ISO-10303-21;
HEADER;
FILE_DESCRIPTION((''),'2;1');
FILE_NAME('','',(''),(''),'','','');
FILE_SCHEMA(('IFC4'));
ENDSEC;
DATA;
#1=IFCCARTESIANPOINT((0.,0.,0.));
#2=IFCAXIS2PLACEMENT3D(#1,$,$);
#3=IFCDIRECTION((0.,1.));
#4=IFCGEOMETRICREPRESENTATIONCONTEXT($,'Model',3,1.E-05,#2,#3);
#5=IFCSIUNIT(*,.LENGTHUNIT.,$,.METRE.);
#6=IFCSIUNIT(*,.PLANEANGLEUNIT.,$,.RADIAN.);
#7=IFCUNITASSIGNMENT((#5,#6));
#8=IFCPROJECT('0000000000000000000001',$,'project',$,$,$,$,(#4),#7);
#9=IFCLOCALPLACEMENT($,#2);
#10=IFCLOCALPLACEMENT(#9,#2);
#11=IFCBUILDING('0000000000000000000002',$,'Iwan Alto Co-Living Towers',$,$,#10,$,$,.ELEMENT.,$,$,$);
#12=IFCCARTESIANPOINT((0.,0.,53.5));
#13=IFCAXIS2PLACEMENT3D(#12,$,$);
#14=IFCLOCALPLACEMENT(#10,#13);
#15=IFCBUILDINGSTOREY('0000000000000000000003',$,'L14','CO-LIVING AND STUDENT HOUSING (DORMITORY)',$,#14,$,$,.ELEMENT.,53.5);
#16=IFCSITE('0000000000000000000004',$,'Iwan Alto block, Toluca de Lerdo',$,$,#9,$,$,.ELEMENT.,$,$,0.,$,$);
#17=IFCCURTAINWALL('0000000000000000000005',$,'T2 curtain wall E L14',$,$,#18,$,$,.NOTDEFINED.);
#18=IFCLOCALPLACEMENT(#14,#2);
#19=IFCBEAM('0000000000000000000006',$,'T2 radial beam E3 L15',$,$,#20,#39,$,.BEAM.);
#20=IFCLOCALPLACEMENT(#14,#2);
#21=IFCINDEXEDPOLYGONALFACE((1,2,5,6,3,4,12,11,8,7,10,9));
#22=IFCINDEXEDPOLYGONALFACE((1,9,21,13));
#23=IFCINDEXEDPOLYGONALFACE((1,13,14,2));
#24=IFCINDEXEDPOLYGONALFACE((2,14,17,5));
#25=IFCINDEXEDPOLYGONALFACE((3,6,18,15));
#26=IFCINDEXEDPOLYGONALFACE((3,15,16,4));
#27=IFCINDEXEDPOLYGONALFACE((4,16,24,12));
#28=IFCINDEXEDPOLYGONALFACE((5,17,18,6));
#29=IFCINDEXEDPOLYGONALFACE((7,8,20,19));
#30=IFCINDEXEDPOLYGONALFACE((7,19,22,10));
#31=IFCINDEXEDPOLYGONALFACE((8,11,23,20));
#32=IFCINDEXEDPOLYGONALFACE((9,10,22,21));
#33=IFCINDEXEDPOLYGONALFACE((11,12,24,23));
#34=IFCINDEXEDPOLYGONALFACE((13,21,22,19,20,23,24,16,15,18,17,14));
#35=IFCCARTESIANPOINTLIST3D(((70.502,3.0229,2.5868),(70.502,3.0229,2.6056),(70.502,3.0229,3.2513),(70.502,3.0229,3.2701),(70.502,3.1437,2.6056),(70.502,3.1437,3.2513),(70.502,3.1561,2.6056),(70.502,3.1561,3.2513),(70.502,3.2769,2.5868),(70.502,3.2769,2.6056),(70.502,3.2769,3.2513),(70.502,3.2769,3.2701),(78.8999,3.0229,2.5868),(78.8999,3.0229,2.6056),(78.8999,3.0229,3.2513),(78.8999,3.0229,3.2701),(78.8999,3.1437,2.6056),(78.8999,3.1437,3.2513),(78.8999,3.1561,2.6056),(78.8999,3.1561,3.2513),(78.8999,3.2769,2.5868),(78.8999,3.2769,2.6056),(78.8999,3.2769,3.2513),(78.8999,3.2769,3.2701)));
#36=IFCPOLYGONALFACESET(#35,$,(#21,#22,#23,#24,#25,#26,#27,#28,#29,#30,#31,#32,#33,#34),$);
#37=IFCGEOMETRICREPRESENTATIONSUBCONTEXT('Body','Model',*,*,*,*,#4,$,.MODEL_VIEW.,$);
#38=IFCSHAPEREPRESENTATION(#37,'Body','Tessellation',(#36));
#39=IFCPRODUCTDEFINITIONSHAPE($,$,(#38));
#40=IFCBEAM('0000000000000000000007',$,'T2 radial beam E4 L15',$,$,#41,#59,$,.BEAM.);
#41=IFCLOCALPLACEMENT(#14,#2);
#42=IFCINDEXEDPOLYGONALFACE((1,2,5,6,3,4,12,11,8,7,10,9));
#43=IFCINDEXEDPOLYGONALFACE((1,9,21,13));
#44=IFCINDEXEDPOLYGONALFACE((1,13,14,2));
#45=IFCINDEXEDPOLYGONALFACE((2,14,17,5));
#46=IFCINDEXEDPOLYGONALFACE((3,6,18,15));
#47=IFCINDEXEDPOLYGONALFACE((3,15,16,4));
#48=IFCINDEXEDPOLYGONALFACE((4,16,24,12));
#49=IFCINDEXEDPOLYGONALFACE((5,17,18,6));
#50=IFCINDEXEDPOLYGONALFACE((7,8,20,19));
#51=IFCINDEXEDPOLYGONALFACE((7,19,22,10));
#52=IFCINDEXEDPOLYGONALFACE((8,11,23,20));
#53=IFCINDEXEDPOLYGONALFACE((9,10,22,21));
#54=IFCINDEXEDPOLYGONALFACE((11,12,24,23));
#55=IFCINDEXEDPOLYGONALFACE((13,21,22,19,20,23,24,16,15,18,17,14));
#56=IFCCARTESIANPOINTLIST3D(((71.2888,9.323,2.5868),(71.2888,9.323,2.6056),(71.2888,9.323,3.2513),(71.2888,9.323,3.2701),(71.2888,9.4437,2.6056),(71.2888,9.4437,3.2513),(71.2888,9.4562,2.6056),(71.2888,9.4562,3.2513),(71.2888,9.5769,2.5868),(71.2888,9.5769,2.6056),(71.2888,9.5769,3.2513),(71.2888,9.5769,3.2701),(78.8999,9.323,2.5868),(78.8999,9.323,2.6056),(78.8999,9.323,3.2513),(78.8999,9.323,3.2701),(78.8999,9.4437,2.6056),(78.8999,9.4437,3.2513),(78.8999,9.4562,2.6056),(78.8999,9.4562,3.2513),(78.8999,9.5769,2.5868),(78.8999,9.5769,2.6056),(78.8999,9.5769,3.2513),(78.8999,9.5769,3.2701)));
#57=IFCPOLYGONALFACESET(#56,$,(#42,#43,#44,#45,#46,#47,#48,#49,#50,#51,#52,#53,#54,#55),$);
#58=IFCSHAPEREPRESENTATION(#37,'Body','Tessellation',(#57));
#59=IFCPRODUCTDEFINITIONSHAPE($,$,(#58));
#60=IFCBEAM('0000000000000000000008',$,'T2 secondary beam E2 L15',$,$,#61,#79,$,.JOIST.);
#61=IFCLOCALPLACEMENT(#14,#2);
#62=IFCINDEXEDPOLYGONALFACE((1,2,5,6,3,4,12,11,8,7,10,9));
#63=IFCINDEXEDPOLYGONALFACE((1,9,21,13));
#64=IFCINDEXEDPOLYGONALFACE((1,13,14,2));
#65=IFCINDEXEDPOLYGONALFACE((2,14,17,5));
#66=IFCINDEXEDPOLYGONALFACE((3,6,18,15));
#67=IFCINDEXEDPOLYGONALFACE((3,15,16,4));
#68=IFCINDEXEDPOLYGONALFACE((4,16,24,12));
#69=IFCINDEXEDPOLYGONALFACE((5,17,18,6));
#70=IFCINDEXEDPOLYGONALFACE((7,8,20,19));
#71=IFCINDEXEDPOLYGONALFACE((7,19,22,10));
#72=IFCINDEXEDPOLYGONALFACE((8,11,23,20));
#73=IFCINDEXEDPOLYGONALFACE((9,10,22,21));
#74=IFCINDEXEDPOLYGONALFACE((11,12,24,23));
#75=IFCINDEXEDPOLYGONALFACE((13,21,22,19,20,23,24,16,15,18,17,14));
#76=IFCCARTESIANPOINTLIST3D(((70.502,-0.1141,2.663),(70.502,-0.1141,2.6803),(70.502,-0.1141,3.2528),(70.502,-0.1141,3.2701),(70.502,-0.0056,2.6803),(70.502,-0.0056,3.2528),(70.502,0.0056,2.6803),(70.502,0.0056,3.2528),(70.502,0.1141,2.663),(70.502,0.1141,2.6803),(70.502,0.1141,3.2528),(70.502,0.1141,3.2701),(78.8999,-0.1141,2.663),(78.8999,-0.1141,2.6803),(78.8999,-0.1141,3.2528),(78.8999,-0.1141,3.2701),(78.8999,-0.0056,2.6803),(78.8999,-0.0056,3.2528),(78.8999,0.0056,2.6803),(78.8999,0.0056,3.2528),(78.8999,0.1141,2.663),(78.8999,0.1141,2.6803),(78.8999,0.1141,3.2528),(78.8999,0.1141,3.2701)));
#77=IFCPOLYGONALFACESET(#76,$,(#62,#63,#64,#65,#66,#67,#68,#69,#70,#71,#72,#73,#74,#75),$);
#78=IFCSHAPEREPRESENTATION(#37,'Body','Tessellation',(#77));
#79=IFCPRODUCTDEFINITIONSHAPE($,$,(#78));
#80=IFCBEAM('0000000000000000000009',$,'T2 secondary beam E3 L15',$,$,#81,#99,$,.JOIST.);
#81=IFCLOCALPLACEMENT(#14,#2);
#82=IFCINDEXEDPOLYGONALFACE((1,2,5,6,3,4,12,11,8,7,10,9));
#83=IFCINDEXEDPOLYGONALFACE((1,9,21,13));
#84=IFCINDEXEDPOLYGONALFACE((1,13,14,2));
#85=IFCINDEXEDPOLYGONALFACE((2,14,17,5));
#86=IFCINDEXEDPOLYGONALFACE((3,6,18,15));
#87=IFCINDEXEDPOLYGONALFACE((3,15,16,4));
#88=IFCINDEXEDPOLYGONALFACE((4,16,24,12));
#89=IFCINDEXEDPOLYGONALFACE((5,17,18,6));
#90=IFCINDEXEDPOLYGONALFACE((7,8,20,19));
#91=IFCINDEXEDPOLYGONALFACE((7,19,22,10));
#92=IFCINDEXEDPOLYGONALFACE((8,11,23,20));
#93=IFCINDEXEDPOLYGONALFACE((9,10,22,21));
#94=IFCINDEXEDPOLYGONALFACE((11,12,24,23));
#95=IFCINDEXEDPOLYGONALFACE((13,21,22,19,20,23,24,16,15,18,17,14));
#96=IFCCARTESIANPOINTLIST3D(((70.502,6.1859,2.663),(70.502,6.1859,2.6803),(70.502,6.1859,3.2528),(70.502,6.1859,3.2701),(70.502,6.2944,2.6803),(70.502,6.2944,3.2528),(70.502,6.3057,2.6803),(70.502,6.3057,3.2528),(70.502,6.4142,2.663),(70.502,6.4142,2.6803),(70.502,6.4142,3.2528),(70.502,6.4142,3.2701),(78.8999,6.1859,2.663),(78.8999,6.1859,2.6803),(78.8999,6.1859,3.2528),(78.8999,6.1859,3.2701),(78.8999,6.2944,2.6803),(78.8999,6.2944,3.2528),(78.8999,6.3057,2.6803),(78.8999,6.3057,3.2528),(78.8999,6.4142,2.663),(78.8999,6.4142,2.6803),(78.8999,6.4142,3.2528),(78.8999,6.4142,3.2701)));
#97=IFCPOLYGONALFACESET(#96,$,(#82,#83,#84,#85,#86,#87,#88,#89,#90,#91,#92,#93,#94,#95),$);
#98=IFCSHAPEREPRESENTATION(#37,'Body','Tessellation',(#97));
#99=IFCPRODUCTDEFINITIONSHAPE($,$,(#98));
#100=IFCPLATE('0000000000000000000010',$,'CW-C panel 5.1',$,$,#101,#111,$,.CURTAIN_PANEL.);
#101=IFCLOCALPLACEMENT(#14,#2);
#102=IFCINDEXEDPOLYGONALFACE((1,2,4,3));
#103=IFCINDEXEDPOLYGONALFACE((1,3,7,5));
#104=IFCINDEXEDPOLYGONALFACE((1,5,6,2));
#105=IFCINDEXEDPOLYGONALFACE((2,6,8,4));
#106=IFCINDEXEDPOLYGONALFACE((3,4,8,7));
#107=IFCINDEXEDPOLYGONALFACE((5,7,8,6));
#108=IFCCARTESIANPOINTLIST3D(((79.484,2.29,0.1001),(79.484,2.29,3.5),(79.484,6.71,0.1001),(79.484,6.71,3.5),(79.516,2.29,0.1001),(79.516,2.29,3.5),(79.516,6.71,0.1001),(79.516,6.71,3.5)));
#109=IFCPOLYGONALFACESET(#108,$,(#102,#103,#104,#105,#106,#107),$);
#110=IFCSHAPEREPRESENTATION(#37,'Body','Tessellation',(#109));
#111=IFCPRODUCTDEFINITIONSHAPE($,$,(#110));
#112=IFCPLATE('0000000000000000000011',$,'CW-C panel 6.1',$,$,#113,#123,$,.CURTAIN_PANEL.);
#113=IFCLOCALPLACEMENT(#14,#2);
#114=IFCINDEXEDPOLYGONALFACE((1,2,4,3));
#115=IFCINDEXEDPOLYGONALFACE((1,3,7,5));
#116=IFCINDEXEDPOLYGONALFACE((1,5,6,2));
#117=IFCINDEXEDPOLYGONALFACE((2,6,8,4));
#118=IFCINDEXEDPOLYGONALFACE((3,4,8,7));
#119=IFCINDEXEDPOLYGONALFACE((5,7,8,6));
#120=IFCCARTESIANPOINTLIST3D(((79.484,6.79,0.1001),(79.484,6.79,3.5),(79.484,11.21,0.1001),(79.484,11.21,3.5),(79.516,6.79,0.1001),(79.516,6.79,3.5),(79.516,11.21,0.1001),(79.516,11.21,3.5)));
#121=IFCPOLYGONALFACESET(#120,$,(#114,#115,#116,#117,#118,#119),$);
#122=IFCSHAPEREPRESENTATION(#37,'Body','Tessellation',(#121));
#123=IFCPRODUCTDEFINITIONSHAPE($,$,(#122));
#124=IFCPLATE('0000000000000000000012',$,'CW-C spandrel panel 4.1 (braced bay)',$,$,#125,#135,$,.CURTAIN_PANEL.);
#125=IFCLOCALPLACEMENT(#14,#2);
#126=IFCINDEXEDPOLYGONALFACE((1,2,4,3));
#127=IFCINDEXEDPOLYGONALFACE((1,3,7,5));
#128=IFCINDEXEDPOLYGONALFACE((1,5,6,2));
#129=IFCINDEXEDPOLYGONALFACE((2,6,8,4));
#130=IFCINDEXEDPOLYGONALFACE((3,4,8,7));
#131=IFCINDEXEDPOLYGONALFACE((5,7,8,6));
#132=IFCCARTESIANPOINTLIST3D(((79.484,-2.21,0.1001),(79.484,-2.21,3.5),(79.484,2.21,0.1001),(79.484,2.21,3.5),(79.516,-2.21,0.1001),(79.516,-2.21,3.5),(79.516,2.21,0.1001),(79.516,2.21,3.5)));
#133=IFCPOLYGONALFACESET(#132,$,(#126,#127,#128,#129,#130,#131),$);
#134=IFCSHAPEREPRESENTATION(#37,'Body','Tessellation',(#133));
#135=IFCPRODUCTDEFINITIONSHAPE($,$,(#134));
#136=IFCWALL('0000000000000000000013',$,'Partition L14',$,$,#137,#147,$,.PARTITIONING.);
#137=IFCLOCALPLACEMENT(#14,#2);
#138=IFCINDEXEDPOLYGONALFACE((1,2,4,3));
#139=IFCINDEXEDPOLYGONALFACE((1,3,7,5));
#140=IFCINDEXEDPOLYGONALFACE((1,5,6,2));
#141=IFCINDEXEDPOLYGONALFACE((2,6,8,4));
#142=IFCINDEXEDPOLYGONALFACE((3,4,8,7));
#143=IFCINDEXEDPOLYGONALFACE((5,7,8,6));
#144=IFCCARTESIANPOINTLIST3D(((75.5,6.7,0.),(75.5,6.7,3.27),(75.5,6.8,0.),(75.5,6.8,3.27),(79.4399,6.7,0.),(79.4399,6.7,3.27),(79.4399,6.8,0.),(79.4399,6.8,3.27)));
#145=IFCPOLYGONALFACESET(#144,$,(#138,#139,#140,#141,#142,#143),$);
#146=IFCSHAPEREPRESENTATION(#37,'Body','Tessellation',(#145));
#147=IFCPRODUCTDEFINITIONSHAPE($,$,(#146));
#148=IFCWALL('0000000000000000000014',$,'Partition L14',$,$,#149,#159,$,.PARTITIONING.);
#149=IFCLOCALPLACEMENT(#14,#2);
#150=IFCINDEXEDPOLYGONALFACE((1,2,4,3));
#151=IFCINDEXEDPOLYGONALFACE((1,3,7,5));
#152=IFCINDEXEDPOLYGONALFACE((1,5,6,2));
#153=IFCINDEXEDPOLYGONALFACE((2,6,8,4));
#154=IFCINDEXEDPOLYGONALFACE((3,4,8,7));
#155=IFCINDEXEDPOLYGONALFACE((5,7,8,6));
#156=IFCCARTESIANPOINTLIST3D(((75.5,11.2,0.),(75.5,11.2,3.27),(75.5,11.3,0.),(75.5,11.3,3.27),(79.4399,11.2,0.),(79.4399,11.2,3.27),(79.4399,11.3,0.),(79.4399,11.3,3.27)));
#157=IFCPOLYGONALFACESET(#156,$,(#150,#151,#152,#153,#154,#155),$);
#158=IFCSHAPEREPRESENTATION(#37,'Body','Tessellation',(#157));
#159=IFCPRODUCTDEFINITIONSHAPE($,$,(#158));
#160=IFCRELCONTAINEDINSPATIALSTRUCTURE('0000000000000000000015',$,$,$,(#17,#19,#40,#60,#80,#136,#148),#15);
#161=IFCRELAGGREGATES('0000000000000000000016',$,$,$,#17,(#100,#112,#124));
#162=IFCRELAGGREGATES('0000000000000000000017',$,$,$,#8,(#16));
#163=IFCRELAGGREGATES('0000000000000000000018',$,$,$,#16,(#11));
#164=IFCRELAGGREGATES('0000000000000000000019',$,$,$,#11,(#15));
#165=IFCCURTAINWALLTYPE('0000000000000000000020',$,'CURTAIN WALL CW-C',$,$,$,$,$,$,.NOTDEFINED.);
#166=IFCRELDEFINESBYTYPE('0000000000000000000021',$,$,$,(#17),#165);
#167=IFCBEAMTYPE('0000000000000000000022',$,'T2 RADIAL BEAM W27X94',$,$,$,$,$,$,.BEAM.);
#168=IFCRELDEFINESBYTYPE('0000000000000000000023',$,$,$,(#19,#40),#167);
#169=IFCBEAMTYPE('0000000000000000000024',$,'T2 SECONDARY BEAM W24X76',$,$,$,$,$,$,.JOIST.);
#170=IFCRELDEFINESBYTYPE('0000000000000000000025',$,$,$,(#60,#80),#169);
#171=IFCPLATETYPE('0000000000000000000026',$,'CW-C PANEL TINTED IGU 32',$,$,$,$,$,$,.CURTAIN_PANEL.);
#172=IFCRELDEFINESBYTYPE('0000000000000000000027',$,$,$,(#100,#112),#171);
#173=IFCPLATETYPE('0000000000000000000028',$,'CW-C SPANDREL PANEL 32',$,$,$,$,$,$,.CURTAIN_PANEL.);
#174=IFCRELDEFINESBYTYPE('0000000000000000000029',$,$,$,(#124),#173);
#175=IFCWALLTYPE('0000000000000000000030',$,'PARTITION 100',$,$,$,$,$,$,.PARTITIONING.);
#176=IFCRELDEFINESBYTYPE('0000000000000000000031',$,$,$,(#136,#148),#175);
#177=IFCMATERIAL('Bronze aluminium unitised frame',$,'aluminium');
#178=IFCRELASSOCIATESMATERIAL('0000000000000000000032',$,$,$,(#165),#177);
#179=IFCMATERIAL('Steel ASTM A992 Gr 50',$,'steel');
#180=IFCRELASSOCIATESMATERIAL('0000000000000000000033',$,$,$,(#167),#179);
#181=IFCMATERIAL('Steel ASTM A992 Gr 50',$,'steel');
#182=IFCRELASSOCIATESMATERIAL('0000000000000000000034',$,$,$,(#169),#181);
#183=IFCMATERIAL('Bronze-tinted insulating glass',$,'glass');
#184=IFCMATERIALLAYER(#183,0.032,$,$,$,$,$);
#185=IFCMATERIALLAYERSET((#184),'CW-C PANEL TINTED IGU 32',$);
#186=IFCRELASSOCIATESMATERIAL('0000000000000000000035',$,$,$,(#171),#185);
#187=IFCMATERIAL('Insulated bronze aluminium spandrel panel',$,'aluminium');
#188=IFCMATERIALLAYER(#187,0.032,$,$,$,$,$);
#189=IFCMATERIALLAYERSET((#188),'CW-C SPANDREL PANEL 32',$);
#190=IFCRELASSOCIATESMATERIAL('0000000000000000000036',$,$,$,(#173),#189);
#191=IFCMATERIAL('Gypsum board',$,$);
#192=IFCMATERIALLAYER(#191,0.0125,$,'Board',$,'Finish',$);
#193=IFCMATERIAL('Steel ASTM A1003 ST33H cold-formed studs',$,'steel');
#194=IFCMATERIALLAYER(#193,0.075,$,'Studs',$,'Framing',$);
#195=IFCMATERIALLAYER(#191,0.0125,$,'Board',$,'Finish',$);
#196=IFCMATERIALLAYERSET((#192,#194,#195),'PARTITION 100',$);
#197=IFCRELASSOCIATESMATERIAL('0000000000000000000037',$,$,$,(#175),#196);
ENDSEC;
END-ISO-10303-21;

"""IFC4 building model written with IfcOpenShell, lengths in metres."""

from ifc_helpers import new_model, si_unit, direction, frame, frame_2d, origin, origin_2d, place, context, subcontext, project, spatial, rectangle, i_section, extrude, material, layer, layer_set, material_profile, profile_set, type_object, element, aggregate, save


model = new_model("IFC4")

# Units and contexts
model_context = context("Model", 3, precision=1e-05, world=origin(), true_north=direction((0.0, 1.0)))
body_context = subcontext(model_context, "Body", "Model", "MODEL_VIEW")
ifc_project = project(units=[si_unit("LENGTHUNIT", "METRE"), si_unit("PLANEANGLEUNIT", "RADIAN")], contexts=[model_context])

# Site, building, storey
site_placement = place(None, origin())
site = spatial("IfcSite", under=ifc_project, at=site_placement, Name="Iwan Alto block, Toluca de Lerdo", CompositionType="ELEMENT", RefElevation=0.0)
building_placement = place(site_placement, origin())
building = spatial("IfcBuilding", under=site, at=building_placement, Name="Iwan Alto Co-Living Towers", CompositionType="ELEMENT")
storey_placement = place(building_placement, frame((0.0, 0.0, 53.5)))
storey = spatial("IfcBuildingStorey", under=building, at=storey_placement, Name="L14", Description="CO-LIVING AND STUDENT HOUSING (DORMITORY)", CompositionType="ELEMENT", Elevation=53.5)

# Curtain wall
ifc_material_1 = material(Name="Bronze aluminium unitised frame", Category="aluminium")
curtain_wall_type = type_object("IfcCurtainWallType", Name="CURTAIN WALL CW-C", PredefinedType="NOTDEFINED", material=ifc_material_1)
curtain_wall_placement = place(storey_placement, origin())
curtain_wall = element("IfcCurtainWall", 1, at=curtain_wall_placement, inside=storey, type_object=curtain_wall_type, Name="T2 curtain wall E L14", PredefinedType="NOTDEFINED")

# Beams
ifc_material_2 = material(Name="Steel ASTM A992 Gr 50", Category="steel")
ifc_material_profile_1 = material_profile(ifc_material_2, i_section(OverallWidth=0.2539, OverallDepth=0.6833, WebThickness=0.0125, FlangeThickness=0.0188, at=origin_2d()), Name="W27X94")
ifc_profile_set_1 = profile_set([ifc_material_profile_1], Name="Steel ASTM A992 Gr 50")
beam_type_1 = type_object("IfcBeamType", Name="T2 RADIAL BEAM W27X94", PredefinedType="BEAM", material=ifc_profile_set_1)
beam_1_placement = place(storey_placement, frame((78.8999, 3.1499, 2.9285), z_axis=(-1.0, 0.0, 0.0), x_axis=(0.0, -1.0, 0.0)))
element("IfcBeam", 2, at=beam_1_placement, inside=storey, type_object=beam_type_1, Name="T2 radial beam E3 L15", PredefinedType="BEAM", context=body_context, shape_type="SweptSolid", body=[
    extrude(i_section(OverallWidth=0.2539, OverallDepth=0.6833, WebThickness=0.0125, FlangeThickness=0.0188, at=origin_2d()), origin(), (0.0, 0.0, 1.0), 8.3979),
])
beam_2_placement = place(storey_placement, frame((78.8999, 9.45, 2.9285), z_axis=(-1.0, 0.0, 0.0), x_axis=(0.0, -1.0, 0.0)))
element("IfcBeam", 3, at=beam_2_placement, inside=storey, type_object=beam_type_1, Name="T2 radial beam E4 L15", PredefinedType="BEAM", context=body_context, shape_type="SweptSolid", body=[
    extrude(i_section(OverallWidth=0.2539, OverallDepth=0.6833, WebThickness=0.0125, FlangeThickness=0.0188, at=origin_2d()), origin(), (0.0, 0.0, 1.0), 7.6111),
])
ifc_material_3 = material(Name="Steel ASTM A992 Gr 50", Category="steel")
ifc_material_profile_2 = material_profile(ifc_material_3, i_section(OverallWidth=0.2283, OverallDepth=0.6072, WebThickness=0.0112, FlangeThickness=0.0173, at=origin_2d()), Name="W24X76")
ifc_profile_set_2 = profile_set([ifc_material_profile_2], Name="Steel ASTM A992 Gr 50")
beam_type_2 = type_object("IfcBeamType", Name="T2 SECONDARY BEAM W24X76", PredefinedType="JOIST", material=ifc_profile_set_2)
for number, where, z_axis, x_axis, name in (
    (4, (78.8999, 0.0, 2.9666), (-1.0, 0.0, 0.0), (0.0, -1.0, 0.0), "T2 secondary beam E2 L15"),
    (5, (78.8999, 6.3, 2.9666), (-1.0, 0.0, 0.0), (0.0, -1.0, 0.0), "T2 secondary beam E3 L15"),
):
    element("IfcBeam", number, at=place(storey_placement, frame(where, z_axis=z_axis, x_axis=x_axis)), inside=storey, type_object=beam_type_2, Name=name, PredefinedType="JOIST", context=body_context, shape_type="SweptSolid", body=[
        extrude(i_section(OverallWidth=0.2283, OverallDepth=0.6072, WebThickness=0.0112, FlangeThickness=0.0173, at=origin_2d()), origin(), (0.0, 0.0, 1.0), 8.3979),
    ])

# Plates
ifc_material_4 = material(Name="Bronze-tinted insulating glass", Category="glass")
ifc_layer_1 = layer(ifc_material_4, 0.032)
ifc_layer_set_1 = layer_set([ifc_layer_1], Name="CW-C PANEL TINTED IGU 32")
plate_type_1 = type_object("IfcPlateType", Name="CW-C PANEL TINTED IGU 32", PredefinedType="CURTAIN_PANEL", material=ifc_layer_set_1)
plate_1_placement = place(storey_placement, frame((79.5, 4.5, 0.1001), z_axis=(0.0, 0.0, 1.0), x_axis=(0.0, 1.0, 0.0)))
plate_1 = element("IfcPlate", 6, at=plate_1_placement, type_object=plate_type_1, Name="CW-C panel 5.1", PredefinedType="CURTAIN_PANEL", context=body_context, shape_type="SweptSolid", body=[
    extrude(rectangle(XDim=4.4199, YDim=0.032, at=origin_2d()), origin(), (0.0, 0.0, 1.0), 3.3999),
])
plate_2_placement = place(storey_placement, frame((79.5, 9.0, 0.1001), z_axis=(0.0, 0.0, 1.0), x_axis=(0.0, 1.0, 0.0)))
plate_2 = element("IfcPlate", 7, at=plate_2_placement, type_object=plate_type_1, Name="CW-C panel 6.1", PredefinedType="CURTAIN_PANEL", context=body_context, shape_type="SweptSolid", body=[
    extrude(rectangle(XDim=4.4199, YDim=0.032, at=origin_2d()), origin(), (0.0, 0.0, 1.0), 3.3999),
])
ifc_material_5 = material(Name="Insulated bronze aluminium spandrel panel", Category="aluminium")
ifc_layer_2 = layer(ifc_material_5, 0.032)
ifc_layer_set_2 = layer_set([ifc_layer_2], Name="CW-C SPANDREL PANEL 32")
plate_type_2 = type_object("IfcPlateType", Name="CW-C SPANDREL PANEL 32", PredefinedType="CURTAIN_PANEL", material=ifc_layer_set_2)
plate_3_placement = place(storey_placement, frame((79.5, 0.0, 0.1001), z_axis=(0.0, 0.0, 1.0), x_axis=(0.0, 1.0, 0.0)))
plate_3 = element("IfcPlate", 8, at=plate_3_placement, type_object=plate_type_2, Name="CW-C spandrel panel 4.1 (braced bay)", PredefinedType="CURTAIN_PANEL", context=body_context, shape_type="SweptSolid", body=[
    extrude(rectangle(XDim=4.4199, YDim=0.032, at=origin_2d()), origin(), (0.0, 0.0, 1.0), 3.3999),
])
aggregate(curtain_wall, [plate_1, plate_2, plate_3])

# Walls
ifc_material_6 = material(Name="Gypsum board")
ifc_layer_3 = layer(ifc_material_6, 0.0125, Name="Board", Category="Finish")
ifc_material_7 = material(Name="Steel ASTM A1003 ST33H cold-formed studs", Category="steel")
ifc_layer_4 = layer(ifc_material_7, 0.075, Name="Studs", Category="Framing")
ifc_layer_5 = layer(ifc_material_6, 0.0125, Name="Board", Category="Finish")
ifc_layer_set_3 = layer_set([ifc_layer_3, ifc_layer_4, ifc_layer_5], Name="PARTITION 100")
wall_type = type_object("IfcWallType", Name="PARTITION 100", PredefinedType="PARTITIONING", material=ifc_layer_set_3)
for number, where, z_axis, x_axis, name in (
    (9, (75.5, 6.75, 0.0), (0.0, 0.0, 1.0), (1.0, 0.0, 0.0), "Partition L14"),
    (10, (75.5, 11.25, 0.0), (0.0, 0.0, 1.0), (1.0, 0.0, 0.0), "Partition L14"),
):
    element("IfcWall", number, at=place(storey_placement, frame(where, z_axis=z_axis, x_axis=x_axis)), inside=storey, type_object=wall_type, Name=name, PredefinedType="PARTITIONING", context=body_context, shape_type="SweptSolid", body=[
        extrude(rectangle(XDim=3.9399, YDim=0.1001, at=frame_2d((1.97, 0.0))), origin(), (0.0, 0.0, 1.0), 3.27),
    ])

save(model, "model.ifc")
